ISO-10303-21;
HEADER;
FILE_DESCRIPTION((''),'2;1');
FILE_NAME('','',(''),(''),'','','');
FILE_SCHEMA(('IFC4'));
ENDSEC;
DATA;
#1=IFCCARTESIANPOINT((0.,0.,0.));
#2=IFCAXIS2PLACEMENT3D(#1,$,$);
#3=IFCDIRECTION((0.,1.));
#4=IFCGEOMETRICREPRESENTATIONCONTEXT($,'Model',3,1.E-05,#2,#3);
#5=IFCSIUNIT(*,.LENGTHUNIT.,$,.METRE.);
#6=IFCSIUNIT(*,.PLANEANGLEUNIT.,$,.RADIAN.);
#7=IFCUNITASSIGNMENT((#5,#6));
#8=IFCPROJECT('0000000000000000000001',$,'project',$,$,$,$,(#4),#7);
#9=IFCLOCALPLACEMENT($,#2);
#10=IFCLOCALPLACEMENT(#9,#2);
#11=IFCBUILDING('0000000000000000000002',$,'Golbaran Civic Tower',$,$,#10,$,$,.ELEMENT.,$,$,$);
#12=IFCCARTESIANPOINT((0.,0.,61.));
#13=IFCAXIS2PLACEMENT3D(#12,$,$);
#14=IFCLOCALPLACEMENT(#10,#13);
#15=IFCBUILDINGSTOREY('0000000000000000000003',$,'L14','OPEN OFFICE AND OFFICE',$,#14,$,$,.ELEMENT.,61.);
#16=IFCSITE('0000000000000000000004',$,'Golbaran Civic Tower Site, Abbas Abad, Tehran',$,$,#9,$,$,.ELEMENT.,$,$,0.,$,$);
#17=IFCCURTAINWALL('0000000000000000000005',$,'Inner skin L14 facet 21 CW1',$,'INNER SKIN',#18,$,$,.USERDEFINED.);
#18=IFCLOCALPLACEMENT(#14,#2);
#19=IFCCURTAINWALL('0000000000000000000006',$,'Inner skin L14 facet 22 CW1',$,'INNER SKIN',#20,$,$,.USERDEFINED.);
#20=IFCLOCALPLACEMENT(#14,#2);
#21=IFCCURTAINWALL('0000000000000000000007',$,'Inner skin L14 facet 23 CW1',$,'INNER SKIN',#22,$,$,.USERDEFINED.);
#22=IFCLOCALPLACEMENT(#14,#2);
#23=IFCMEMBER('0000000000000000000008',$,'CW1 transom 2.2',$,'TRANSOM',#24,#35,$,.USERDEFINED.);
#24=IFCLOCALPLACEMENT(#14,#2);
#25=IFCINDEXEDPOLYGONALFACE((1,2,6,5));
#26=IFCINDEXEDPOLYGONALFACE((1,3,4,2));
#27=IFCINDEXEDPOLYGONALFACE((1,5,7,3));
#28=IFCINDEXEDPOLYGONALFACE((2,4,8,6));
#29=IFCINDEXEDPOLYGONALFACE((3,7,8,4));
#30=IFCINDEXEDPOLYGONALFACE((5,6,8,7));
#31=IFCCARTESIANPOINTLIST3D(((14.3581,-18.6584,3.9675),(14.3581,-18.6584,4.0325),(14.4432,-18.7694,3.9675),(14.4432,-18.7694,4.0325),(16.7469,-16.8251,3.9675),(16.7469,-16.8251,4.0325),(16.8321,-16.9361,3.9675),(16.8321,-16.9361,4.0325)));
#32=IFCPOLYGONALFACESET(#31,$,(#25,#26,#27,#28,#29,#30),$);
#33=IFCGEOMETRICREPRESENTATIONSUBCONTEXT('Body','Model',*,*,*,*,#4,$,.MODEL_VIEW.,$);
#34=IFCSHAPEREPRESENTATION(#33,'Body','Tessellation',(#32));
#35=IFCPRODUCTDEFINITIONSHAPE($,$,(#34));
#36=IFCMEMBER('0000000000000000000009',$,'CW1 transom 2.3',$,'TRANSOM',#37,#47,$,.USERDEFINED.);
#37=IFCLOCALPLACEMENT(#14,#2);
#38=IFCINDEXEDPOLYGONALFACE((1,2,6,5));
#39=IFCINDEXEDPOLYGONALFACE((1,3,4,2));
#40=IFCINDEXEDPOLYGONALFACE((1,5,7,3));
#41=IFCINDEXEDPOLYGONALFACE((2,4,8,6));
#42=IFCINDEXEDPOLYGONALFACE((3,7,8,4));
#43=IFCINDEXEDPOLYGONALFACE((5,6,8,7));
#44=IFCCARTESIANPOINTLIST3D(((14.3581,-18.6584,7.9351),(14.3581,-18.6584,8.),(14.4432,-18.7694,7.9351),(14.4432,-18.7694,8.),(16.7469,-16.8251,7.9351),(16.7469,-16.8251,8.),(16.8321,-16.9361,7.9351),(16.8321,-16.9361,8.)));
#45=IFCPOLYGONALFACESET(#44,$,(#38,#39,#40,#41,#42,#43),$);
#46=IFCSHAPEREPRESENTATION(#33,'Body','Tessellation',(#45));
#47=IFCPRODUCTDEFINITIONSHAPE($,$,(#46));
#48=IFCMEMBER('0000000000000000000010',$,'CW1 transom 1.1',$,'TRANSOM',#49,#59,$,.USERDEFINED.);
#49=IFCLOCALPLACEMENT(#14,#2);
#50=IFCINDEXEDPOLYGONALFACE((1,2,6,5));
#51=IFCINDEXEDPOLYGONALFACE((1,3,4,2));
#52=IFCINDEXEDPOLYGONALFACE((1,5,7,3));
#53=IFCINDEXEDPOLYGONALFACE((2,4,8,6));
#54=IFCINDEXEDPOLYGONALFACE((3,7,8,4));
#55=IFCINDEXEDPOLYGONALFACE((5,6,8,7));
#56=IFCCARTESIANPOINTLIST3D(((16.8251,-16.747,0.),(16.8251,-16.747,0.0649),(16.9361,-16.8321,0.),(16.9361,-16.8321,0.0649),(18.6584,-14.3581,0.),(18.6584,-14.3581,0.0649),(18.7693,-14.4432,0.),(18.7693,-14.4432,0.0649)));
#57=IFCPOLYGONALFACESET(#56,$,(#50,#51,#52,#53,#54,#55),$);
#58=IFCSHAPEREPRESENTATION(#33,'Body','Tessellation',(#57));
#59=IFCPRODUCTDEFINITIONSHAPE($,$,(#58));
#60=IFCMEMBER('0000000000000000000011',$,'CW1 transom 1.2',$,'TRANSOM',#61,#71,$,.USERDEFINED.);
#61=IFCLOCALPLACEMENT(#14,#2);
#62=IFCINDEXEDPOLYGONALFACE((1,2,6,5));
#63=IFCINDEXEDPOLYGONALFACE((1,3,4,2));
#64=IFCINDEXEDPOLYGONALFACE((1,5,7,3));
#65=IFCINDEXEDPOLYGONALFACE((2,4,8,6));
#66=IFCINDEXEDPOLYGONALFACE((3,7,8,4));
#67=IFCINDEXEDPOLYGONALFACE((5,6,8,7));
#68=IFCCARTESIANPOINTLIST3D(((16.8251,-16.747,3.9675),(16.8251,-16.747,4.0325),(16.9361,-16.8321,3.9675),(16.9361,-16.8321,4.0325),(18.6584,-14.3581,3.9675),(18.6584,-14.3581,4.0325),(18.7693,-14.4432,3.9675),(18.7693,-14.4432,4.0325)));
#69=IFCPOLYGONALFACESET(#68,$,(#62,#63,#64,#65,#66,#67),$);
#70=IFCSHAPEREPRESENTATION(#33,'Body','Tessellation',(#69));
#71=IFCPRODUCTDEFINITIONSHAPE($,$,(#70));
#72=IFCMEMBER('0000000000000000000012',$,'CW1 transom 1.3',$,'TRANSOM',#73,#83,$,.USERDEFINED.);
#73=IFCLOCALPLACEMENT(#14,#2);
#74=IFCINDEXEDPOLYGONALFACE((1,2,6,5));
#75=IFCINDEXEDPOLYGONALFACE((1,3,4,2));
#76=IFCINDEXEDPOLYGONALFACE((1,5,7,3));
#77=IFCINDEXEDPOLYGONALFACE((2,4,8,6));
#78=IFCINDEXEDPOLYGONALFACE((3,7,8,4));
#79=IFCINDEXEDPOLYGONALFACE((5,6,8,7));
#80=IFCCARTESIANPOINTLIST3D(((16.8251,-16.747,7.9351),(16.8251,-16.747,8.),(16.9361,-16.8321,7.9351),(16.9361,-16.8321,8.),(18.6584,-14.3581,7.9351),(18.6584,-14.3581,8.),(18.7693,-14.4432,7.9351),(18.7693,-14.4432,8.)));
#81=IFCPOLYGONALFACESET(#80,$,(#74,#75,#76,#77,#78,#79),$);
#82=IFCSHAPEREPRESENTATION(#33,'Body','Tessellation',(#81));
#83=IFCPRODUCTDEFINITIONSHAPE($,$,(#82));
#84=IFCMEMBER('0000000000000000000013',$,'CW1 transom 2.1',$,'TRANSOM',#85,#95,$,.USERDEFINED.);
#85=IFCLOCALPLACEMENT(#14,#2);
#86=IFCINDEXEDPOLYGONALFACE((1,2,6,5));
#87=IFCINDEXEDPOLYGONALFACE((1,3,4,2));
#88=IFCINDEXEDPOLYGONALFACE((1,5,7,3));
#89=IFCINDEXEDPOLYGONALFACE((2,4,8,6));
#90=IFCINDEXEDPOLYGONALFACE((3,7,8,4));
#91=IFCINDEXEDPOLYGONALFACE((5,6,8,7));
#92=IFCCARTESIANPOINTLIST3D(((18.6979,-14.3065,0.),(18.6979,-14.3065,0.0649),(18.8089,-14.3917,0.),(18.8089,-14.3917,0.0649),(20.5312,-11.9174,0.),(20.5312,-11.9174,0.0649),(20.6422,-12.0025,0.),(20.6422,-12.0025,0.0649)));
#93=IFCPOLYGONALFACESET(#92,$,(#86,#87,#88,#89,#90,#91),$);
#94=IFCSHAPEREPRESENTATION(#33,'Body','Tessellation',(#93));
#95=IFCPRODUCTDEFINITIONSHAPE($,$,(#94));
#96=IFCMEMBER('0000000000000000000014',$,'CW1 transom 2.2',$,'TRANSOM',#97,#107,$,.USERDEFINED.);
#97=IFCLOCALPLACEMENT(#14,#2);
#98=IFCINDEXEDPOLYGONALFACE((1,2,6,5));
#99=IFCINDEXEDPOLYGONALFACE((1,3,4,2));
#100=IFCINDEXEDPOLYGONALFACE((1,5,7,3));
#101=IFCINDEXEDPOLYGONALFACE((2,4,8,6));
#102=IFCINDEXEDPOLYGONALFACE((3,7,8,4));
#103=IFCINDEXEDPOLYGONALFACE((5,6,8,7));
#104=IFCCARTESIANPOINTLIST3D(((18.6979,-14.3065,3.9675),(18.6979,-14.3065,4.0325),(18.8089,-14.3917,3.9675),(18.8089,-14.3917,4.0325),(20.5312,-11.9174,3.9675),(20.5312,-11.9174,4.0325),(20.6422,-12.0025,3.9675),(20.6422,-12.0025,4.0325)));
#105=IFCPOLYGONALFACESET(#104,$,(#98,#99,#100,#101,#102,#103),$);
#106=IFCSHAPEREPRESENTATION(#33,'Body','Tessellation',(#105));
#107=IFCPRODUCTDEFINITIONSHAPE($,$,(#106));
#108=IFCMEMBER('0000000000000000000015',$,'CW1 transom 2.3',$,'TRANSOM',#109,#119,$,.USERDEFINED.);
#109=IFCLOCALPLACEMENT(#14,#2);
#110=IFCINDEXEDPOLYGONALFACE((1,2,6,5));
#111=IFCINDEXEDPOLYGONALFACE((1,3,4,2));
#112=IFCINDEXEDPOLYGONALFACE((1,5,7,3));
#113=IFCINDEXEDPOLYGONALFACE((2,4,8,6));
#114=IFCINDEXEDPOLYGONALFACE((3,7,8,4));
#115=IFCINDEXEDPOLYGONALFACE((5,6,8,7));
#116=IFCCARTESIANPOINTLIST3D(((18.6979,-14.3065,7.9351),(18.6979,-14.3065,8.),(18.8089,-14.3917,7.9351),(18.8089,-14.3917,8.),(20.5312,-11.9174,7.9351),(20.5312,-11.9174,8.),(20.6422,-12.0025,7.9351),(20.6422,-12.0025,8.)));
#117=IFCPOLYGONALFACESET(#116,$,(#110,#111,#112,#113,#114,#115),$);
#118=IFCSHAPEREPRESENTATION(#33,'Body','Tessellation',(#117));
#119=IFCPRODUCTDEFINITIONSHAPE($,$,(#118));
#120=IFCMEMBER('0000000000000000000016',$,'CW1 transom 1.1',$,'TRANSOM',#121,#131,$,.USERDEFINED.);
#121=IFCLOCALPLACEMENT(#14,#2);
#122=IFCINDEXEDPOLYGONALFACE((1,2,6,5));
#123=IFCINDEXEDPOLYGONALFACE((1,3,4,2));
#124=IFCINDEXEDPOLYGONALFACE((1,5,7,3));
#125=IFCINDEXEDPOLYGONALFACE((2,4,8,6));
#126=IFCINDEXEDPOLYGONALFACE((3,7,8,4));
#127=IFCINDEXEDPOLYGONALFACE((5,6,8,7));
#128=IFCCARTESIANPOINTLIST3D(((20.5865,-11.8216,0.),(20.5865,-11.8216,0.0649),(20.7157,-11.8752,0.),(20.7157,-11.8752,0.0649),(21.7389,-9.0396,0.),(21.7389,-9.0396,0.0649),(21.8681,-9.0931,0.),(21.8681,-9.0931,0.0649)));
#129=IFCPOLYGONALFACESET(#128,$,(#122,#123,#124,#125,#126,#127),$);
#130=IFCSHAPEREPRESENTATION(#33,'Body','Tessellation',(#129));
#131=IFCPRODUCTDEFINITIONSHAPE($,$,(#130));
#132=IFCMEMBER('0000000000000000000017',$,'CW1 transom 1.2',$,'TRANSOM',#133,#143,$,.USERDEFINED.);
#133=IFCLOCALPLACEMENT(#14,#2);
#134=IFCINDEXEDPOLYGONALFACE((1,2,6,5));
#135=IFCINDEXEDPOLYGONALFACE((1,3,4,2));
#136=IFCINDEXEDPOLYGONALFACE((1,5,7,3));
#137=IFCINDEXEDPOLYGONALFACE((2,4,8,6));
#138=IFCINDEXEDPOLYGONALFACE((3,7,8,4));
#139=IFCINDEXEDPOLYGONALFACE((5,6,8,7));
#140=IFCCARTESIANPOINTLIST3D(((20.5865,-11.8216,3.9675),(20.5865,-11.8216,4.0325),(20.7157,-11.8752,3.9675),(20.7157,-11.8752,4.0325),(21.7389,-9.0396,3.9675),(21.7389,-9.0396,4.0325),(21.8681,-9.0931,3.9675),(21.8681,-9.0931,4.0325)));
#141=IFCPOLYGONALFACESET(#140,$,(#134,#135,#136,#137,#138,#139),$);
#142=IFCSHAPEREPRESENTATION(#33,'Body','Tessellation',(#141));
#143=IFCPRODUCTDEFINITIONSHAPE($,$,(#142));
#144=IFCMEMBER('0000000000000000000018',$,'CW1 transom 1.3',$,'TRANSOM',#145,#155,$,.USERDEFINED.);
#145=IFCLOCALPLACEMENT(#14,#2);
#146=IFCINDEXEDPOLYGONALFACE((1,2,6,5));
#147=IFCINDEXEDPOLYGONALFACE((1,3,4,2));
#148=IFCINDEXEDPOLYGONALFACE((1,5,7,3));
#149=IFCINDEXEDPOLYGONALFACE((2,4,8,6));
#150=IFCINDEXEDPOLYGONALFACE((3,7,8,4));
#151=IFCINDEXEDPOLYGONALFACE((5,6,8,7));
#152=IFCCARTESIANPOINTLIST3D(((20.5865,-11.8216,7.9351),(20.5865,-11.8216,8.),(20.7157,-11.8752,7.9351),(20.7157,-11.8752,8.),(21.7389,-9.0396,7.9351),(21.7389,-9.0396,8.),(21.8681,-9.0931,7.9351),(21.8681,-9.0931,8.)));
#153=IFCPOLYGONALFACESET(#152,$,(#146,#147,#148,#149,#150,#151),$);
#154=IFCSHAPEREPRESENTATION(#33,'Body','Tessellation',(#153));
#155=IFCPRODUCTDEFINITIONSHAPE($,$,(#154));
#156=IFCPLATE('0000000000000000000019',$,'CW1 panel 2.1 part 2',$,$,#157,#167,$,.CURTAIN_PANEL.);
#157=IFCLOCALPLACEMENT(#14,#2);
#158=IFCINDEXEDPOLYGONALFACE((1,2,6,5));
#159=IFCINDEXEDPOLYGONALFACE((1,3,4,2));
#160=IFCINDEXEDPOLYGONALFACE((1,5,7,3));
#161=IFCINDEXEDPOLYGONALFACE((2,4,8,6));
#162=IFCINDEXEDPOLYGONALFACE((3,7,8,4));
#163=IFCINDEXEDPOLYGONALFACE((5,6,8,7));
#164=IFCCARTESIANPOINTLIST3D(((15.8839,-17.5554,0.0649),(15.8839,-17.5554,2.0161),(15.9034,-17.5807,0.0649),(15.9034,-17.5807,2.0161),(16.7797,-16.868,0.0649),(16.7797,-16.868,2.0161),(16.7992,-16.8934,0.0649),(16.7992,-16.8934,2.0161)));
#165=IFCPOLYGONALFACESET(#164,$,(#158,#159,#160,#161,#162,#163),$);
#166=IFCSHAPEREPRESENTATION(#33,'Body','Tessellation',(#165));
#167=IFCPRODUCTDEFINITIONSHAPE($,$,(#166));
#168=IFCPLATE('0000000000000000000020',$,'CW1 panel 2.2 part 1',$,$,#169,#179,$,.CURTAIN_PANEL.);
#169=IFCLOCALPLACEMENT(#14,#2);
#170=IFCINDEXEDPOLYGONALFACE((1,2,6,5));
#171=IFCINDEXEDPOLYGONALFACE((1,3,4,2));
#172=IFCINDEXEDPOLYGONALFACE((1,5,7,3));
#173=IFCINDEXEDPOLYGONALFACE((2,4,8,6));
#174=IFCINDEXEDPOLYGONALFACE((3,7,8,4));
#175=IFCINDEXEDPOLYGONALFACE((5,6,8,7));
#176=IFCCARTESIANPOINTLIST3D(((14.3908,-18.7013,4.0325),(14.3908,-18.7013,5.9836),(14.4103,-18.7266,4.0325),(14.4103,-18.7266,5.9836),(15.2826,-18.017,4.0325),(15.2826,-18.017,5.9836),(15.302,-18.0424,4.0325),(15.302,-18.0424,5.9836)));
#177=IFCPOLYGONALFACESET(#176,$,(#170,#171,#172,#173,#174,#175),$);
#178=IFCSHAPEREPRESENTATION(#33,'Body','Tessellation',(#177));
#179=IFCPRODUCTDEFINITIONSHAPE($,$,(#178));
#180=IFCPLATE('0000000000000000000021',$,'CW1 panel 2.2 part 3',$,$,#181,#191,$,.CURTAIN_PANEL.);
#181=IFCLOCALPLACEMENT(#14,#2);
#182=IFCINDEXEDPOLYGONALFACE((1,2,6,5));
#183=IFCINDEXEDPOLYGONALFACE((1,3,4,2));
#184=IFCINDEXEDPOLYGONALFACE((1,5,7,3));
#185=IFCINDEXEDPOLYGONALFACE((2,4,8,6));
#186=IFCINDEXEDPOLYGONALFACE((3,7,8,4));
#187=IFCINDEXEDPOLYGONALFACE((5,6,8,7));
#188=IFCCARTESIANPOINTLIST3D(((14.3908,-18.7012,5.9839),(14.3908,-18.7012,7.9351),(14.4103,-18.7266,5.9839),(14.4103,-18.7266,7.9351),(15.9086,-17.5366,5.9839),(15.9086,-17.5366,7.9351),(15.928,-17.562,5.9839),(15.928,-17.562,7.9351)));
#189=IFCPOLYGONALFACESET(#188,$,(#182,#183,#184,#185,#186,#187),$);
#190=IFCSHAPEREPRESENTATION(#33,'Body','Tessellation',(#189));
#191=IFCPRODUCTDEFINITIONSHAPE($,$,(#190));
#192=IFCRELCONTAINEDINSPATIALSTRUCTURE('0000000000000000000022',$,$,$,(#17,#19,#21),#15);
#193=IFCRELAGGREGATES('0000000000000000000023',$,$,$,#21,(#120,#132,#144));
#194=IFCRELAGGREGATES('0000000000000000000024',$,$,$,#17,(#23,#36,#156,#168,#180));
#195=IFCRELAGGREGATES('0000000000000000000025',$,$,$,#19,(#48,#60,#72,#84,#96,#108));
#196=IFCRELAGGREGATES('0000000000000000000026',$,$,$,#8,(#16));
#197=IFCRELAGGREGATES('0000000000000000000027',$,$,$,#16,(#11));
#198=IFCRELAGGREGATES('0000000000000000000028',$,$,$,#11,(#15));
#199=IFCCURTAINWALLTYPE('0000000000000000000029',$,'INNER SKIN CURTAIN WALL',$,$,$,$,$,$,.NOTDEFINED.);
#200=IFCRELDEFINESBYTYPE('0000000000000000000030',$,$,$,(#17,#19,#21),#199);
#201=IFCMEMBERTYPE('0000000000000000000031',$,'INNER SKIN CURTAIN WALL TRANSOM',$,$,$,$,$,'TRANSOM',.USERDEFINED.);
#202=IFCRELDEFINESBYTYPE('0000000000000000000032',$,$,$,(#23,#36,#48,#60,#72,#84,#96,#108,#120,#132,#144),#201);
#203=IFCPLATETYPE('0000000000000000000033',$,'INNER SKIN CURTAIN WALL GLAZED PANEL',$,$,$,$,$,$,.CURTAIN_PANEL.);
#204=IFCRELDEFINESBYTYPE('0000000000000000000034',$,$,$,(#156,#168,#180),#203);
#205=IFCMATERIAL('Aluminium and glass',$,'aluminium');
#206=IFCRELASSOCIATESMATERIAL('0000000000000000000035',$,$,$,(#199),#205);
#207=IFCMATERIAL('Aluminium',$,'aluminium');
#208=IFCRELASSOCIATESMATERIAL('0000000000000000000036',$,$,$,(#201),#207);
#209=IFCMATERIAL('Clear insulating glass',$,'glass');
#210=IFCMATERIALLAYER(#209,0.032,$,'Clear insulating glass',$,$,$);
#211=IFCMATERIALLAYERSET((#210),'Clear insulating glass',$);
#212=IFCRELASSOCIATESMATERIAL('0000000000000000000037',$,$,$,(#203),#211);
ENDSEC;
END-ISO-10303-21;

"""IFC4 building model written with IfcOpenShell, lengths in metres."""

from ifc_helpers import new_model, si_unit, direction, frame, origin, origin_2d, place, context, subcontext, project, spatial, rectangle, extrude, material, layer, layer_set, material_profile, profile_set, type_object, element, aggregate, save


model = new_model("IFC4")

# Units and contexts
model_context = context("Model", 3, precision=1e-05, world=origin(), true_north=direction((0.0, 1.0)))
body_context = subcontext(model_context, "Body", "Model", "MODEL_VIEW")
ifc_project = project(units=[si_unit("LENGTHUNIT", "METRE"), si_unit("PLANEANGLEUNIT", "RADIAN")], contexts=[model_context])

# Site, building, storey
site_placement = place(None, origin())
site = spatial("IfcSite", under=ifc_project, at=site_placement, Name="Golbaran Civic Tower Site, Abbas Abad, Tehran", CompositionType="ELEMENT", RefElevation=0.0)
building_placement = place(site_placement, origin())
building = spatial("IfcBuilding", under=site, at=building_placement, Name="Golbaran Civic Tower", CompositionType="ELEMENT")
storey_placement = place(building_placement, frame((0.0, 0.0, 61.0)))
storey = spatial("IfcBuildingStorey", under=building, at=storey_placement, Name="L14", Description="OPEN OFFICE AND OFFICE", CompositionType="ELEMENT", Elevation=61.0)

# Curtain walls
ifc_material_1 = material(Name="Aluminium and glass", Category="aluminium")
curtain_wall_type = type_object("IfcCurtainWallType", Name="INNER SKIN CURTAIN WALL", PredefinedType="NOTDEFINED", material=ifc_material_1)
curtain_wall_1_placement = place(storey_placement, origin())
curtain_wall_1 = element("IfcCurtainWall", 1, at=curtain_wall_1_placement, inside=storey, type_object=curtain_wall_type, Name="Inner skin L14 facet 21 CW1", ObjectType="INNER SKIN", PredefinedType="USERDEFINED")
ifc_material_2 = material(Name="Aluminium", Category="aluminium")
curtain_wall_2_placement = place(storey_placement, origin())
curtain_wall_2 = element("IfcCurtainWall", 2, at=curtain_wall_2_placement, inside=storey, type_object=curtain_wall_type, Name="Inner skin L14 facet 22 CW1", ObjectType="INNER SKIN", PredefinedType="USERDEFINED")

# Curtain wall
curtain_wall_3_placement = place(storey_placement, origin())
curtain_wall_3 = element("IfcCurtainWall", 3, at=curtain_wall_3_placement, inside=storey, type_object=curtain_wall_type, Name="Inner skin L14 facet 23 CW1", ObjectType="INNER SKIN", PredefinedType="USERDEFINED")

# Members
ifc_material_profile_1 = material_profile(ifc_material_2, rectangle(XDim=0.1399, YDim=0.0649, at=origin_2d()), Name="INNER SKIN CURTAIN WALL TRANSOM")
ifc_profile_set_1 = profile_set([ifc_material_profile_1], Name="Aluminium")
member_type_1 = type_object("IfcMemberType", Name="INNER SKIN CURTAIN WALL TRANSOM", ElementType="TRANSOM", PredefinedType="USERDEFINED", material=ifc_profile_set_1)
member_1_placement = place(storey_placement, frame((14.4006, -18.7139, 4.0), z_axis=(0.793326, 0.608797, 0.0), x_axis=(-0.608797, 0.793326, 0.0)))
member_1 = element("IfcMember", 4, at=member_1_placement, type_object=member_type_1, Name="CW1 transom 2.2", ObjectType="TRANSOM", PredefinedType="USERDEFINED", context=body_context, shape_type="SweptSolid", body=[
    extrude(rectangle(XDim=0.1399, YDim=0.0649, at=origin_2d()), origin(), (0.0, 0.0, 1.0), 3.0112),
])
member_2_placement = place(storey_placement, frame((14.4006, -18.7139, 7.9675), z_axis=(0.793326, 0.608797, 0.0), x_axis=(-0.608797, 0.793326, 0.0)))
member_2 = element("IfcMember", 5, at=member_2_placement, type_object=member_type_1, Name="CW1 transom 2.3", ObjectType="TRANSOM", PredefinedType="USERDEFINED", context=body_context, shape_type="SweptSolid", body=[
    extrude(rectangle(XDim=0.1399, YDim=0.0649, at=origin_2d()), origin(), (0.0, 0.0, 1.0), 3.0112),
])
member_3_placement = place(storey_placement, frame((16.8806, -16.7896, 0.0325), z_axis=(0.608797, 0.793326, 0.0), x_axis=(-0.793326, 0.608797, 0.0)))
member_3 = element("IfcMember", 6, at=member_3_placement, type_object=member_type_1, Name="CW1 transom 1.1", ObjectType="TRANSOM", PredefinedType="USERDEFINED", context=body_context, shape_type="SweptSolid", body=[
    extrude(rectangle(XDim=0.1399, YDim=0.0649, at=origin_2d()), origin(), (0.0, 0.0, 1.0), 3.0112),
])
member_4_placement = place(storey_placement, frame((16.8806, -16.7896, 4.0), z_axis=(0.608797, 0.793326, 0.0), x_axis=(-0.793326, 0.608797, 0.0)))
member_4 = element("IfcMember", 7, at=member_4_placement, type_object=member_type_1, Name="CW1 transom 1.2", ObjectType="TRANSOM", PredefinedType="USERDEFINED", context=body_context, shape_type="SweptSolid", body=[
    extrude(rectangle(XDim=0.1399, YDim=0.0649, at=origin_2d()), origin(), (0.0, 0.0, 1.0), 3.0112),
])
member_5_placement = place(storey_placement, frame((16.8806, -16.7896, 7.9675), z_axis=(0.608797, 0.793326, 0.0), x_axis=(-0.793326, 0.608797, 0.0)))
member_5 = element("IfcMember", 8, at=member_5_placement, type_object=member_type_1, Name="CW1 transom 1.3", ObjectType="TRANSOM", PredefinedType="USERDEFINED", context=body_context, shape_type="SweptSolid", body=[
    extrude(rectangle(XDim=0.1399, YDim=0.0649, at=origin_2d()), origin(), (0.0, 0.0, 1.0), 3.0112),
])
member_6_placement = place(storey_placement, frame((18.7534, -14.3491, 0.0325), z_axis=(0.608758, 0.793356, 0.0), x_axis=(-0.793356, 0.608758, 0.0)))
member_6 = element("IfcMember", 9, at=member_6_placement, type_object=member_type_1, Name="CW1 transom 2.1", ObjectType="TRANSOM", PredefinedType="USERDEFINED", context=body_context, shape_type="SweptSolid", body=[
    extrude(rectangle(XDim=0.1399, YDim=0.0649, at=origin_2d()), origin(), (0.0, 0.0, 1.0), 3.0115),
])
member_7_placement = place(storey_placement, frame((18.7534, -14.3491, 4.0), z_axis=(0.608758, 0.793356, 0.0), x_axis=(-0.793356, 0.608758, 0.0)))
member_7 = element("IfcMember", 10, at=member_7_placement, type_object=member_type_1, Name="CW1 transom 2.2", ObjectType="TRANSOM", PredefinedType="USERDEFINED", context=body_context, shape_type="SweptSolid", body=[
    extrude(rectangle(XDim=0.1399, YDim=0.0649, at=origin_2d()), origin(), (0.0, 0.0, 1.0), 3.0115),
])
member_8_placement = place(storey_placement, frame((18.7534, -14.3491, 7.9675), z_axis=(0.608758, 0.793356, 0.0), x_axis=(-0.793356, 0.608758, 0.0)))
member_8 = element("IfcMember", 11, at=member_8_placement, type_object=member_type_1, Name="CW1 transom 2.3", ObjectType="TRANSOM", PredefinedType="USERDEFINED", context=body_context, shape_type="SweptSolid", body=[
    extrude(rectangle(XDim=0.1399, YDim=0.0649, at=origin_2d()), origin(), (0.0, 0.0, 1.0), 3.0115),
])
member_9_placement = place(storey_placement, frame((20.6511, -11.8484, 0.0325), z_axis=(0.382686, 0.923878, 0.0), x_axis=(-0.923878, 0.382686, 0.0)))
member_9 = element("IfcMember", 12, at=member_9_placement, type_object=member_type_1, Name="CW1 transom 1.1", ObjectType="TRANSOM", PredefinedType="USERDEFINED", context=body_context, shape_type="SweptSolid", body=[
    extrude(rectangle(XDim=0.1399, YDim=0.0649, at=origin_2d()), origin(), (0.0, 0.0, 1.0), 3.0112),
])
member_10_placement = place(storey_placement, frame((20.6511, -11.8484, 4.0), z_axis=(0.382686, 0.923878, 0.0), x_axis=(-0.923878, 0.382686, 0.0)))
member_10 = element("IfcMember", 13, at=member_10_placement, type_object=member_type_1, Name="CW1 transom 1.2", ObjectType="TRANSOM", PredefinedType="USERDEFINED", context=body_context, shape_type="SweptSolid", body=[
    extrude(rectangle(XDim=0.1399, YDim=0.0649, at=origin_2d()), origin(), (0.0, 0.0, 1.0), 3.0112),
])
member_11_placement = place(storey_placement, frame((20.6511, -11.8484, 7.9675), z_axis=(0.382686, 0.923878, 0.0), x_axis=(-0.923878, 0.382686, 0.0)))
member_11 = element("IfcMember", 14, at=member_11_placement, type_object=member_type_1, Name="CW1 transom 1.3", ObjectType="TRANSOM", PredefinedType="USERDEFINED", context=body_context, shape_type="SweptSolid", body=[
    extrude(rectangle(XDim=0.1399, YDim=0.0649, at=origin_2d()), origin(), (0.0, 0.0, 1.0), 3.0112),
])

# Plates
ifc_material_3 = material(Name="Clear insulating glass", Category="glass")
ifc_layer_1 = layer(ifc_material_3, 0.032, Name="Clear insulating glass")
ifc_layer_set_1 = layer_set([ifc_layer_1], Name="Clear insulating glass")
plate_type_1 = type_object("IfcPlateType", Name="INNER SKIN CURTAIN WALL GLAZED PANEL", PredefinedType="CURTAIN_PANEL", material=ifc_layer_set_1)
plate_1_placement = place(storey_placement, frame((16.3416, -17.2244, 0.0649), z_axis=(0.0, 0.0, 1.0), x_axis=(0.793353, 0.608761, 0.0)))
plate_1 = element("IfcPlate", 15, at=plate_1_placement, type_object=plate_type_1, Name="CW1 panel 2.1 part 2", PredefinedType="CURTAIN_PANEL", context=body_context, shape_type="SweptSolid", body=[
    extrude(rectangle(XDim=1.1292, YDim=0.032, at=origin_2d()), origin(), (0.0, 0.0, 1.0), 1.9512),
])
plate_2_placement = place(storey_placement, frame((14.8464, -18.3718, 4.0325), z_axis=(0.0, 0.0, 1.0), x_axis=(0.793353, 0.608761, 0.0)))
plate_2 = element("IfcPlate", 16, at=plate_2_placement, type_object=plate_type_1, Name="CW1 panel 2.2 part 1", PredefinedType="CURTAIN_PANEL", context=body_context, shape_type="SweptSolid", body=[
    extrude(rectangle(XDim=1.124, YDim=0.032, at=origin_2d()), origin(), (0.0, 0.0, 1.0), 1.9512),
])
plate_3_placement = place(storey_placement, frame((15.1594, -18.1316, 5.9839), z_axis=(0.0, 0.0, 1.0), x_axis=(0.793353, 0.608761, 0.0)))
plate_3 = element("IfcPlate", 17, at=plate_3_placement, type_object=plate_type_1, Name="CW1 panel 2.2 part 3", PredefinedType="CURTAIN_PANEL", context=body_context, shape_type="SweptSolid", body=[
    extrude(rectangle(XDim=1.9131, YDim=0.032, at=origin_2d()), origin(), (0.0, 0.0, 1.0), 1.9512),
])
aggregate(curtain_wall_3, [member_9, member_10, member_11])
aggregate(curtain_wall_1, [member_1, member_2, plate_1, plate_2, plate_3])
aggregate(curtain_wall_2, [member_3, member_4, member_5, member_6, member_7, member_8])

save(model, "model.ifc")
